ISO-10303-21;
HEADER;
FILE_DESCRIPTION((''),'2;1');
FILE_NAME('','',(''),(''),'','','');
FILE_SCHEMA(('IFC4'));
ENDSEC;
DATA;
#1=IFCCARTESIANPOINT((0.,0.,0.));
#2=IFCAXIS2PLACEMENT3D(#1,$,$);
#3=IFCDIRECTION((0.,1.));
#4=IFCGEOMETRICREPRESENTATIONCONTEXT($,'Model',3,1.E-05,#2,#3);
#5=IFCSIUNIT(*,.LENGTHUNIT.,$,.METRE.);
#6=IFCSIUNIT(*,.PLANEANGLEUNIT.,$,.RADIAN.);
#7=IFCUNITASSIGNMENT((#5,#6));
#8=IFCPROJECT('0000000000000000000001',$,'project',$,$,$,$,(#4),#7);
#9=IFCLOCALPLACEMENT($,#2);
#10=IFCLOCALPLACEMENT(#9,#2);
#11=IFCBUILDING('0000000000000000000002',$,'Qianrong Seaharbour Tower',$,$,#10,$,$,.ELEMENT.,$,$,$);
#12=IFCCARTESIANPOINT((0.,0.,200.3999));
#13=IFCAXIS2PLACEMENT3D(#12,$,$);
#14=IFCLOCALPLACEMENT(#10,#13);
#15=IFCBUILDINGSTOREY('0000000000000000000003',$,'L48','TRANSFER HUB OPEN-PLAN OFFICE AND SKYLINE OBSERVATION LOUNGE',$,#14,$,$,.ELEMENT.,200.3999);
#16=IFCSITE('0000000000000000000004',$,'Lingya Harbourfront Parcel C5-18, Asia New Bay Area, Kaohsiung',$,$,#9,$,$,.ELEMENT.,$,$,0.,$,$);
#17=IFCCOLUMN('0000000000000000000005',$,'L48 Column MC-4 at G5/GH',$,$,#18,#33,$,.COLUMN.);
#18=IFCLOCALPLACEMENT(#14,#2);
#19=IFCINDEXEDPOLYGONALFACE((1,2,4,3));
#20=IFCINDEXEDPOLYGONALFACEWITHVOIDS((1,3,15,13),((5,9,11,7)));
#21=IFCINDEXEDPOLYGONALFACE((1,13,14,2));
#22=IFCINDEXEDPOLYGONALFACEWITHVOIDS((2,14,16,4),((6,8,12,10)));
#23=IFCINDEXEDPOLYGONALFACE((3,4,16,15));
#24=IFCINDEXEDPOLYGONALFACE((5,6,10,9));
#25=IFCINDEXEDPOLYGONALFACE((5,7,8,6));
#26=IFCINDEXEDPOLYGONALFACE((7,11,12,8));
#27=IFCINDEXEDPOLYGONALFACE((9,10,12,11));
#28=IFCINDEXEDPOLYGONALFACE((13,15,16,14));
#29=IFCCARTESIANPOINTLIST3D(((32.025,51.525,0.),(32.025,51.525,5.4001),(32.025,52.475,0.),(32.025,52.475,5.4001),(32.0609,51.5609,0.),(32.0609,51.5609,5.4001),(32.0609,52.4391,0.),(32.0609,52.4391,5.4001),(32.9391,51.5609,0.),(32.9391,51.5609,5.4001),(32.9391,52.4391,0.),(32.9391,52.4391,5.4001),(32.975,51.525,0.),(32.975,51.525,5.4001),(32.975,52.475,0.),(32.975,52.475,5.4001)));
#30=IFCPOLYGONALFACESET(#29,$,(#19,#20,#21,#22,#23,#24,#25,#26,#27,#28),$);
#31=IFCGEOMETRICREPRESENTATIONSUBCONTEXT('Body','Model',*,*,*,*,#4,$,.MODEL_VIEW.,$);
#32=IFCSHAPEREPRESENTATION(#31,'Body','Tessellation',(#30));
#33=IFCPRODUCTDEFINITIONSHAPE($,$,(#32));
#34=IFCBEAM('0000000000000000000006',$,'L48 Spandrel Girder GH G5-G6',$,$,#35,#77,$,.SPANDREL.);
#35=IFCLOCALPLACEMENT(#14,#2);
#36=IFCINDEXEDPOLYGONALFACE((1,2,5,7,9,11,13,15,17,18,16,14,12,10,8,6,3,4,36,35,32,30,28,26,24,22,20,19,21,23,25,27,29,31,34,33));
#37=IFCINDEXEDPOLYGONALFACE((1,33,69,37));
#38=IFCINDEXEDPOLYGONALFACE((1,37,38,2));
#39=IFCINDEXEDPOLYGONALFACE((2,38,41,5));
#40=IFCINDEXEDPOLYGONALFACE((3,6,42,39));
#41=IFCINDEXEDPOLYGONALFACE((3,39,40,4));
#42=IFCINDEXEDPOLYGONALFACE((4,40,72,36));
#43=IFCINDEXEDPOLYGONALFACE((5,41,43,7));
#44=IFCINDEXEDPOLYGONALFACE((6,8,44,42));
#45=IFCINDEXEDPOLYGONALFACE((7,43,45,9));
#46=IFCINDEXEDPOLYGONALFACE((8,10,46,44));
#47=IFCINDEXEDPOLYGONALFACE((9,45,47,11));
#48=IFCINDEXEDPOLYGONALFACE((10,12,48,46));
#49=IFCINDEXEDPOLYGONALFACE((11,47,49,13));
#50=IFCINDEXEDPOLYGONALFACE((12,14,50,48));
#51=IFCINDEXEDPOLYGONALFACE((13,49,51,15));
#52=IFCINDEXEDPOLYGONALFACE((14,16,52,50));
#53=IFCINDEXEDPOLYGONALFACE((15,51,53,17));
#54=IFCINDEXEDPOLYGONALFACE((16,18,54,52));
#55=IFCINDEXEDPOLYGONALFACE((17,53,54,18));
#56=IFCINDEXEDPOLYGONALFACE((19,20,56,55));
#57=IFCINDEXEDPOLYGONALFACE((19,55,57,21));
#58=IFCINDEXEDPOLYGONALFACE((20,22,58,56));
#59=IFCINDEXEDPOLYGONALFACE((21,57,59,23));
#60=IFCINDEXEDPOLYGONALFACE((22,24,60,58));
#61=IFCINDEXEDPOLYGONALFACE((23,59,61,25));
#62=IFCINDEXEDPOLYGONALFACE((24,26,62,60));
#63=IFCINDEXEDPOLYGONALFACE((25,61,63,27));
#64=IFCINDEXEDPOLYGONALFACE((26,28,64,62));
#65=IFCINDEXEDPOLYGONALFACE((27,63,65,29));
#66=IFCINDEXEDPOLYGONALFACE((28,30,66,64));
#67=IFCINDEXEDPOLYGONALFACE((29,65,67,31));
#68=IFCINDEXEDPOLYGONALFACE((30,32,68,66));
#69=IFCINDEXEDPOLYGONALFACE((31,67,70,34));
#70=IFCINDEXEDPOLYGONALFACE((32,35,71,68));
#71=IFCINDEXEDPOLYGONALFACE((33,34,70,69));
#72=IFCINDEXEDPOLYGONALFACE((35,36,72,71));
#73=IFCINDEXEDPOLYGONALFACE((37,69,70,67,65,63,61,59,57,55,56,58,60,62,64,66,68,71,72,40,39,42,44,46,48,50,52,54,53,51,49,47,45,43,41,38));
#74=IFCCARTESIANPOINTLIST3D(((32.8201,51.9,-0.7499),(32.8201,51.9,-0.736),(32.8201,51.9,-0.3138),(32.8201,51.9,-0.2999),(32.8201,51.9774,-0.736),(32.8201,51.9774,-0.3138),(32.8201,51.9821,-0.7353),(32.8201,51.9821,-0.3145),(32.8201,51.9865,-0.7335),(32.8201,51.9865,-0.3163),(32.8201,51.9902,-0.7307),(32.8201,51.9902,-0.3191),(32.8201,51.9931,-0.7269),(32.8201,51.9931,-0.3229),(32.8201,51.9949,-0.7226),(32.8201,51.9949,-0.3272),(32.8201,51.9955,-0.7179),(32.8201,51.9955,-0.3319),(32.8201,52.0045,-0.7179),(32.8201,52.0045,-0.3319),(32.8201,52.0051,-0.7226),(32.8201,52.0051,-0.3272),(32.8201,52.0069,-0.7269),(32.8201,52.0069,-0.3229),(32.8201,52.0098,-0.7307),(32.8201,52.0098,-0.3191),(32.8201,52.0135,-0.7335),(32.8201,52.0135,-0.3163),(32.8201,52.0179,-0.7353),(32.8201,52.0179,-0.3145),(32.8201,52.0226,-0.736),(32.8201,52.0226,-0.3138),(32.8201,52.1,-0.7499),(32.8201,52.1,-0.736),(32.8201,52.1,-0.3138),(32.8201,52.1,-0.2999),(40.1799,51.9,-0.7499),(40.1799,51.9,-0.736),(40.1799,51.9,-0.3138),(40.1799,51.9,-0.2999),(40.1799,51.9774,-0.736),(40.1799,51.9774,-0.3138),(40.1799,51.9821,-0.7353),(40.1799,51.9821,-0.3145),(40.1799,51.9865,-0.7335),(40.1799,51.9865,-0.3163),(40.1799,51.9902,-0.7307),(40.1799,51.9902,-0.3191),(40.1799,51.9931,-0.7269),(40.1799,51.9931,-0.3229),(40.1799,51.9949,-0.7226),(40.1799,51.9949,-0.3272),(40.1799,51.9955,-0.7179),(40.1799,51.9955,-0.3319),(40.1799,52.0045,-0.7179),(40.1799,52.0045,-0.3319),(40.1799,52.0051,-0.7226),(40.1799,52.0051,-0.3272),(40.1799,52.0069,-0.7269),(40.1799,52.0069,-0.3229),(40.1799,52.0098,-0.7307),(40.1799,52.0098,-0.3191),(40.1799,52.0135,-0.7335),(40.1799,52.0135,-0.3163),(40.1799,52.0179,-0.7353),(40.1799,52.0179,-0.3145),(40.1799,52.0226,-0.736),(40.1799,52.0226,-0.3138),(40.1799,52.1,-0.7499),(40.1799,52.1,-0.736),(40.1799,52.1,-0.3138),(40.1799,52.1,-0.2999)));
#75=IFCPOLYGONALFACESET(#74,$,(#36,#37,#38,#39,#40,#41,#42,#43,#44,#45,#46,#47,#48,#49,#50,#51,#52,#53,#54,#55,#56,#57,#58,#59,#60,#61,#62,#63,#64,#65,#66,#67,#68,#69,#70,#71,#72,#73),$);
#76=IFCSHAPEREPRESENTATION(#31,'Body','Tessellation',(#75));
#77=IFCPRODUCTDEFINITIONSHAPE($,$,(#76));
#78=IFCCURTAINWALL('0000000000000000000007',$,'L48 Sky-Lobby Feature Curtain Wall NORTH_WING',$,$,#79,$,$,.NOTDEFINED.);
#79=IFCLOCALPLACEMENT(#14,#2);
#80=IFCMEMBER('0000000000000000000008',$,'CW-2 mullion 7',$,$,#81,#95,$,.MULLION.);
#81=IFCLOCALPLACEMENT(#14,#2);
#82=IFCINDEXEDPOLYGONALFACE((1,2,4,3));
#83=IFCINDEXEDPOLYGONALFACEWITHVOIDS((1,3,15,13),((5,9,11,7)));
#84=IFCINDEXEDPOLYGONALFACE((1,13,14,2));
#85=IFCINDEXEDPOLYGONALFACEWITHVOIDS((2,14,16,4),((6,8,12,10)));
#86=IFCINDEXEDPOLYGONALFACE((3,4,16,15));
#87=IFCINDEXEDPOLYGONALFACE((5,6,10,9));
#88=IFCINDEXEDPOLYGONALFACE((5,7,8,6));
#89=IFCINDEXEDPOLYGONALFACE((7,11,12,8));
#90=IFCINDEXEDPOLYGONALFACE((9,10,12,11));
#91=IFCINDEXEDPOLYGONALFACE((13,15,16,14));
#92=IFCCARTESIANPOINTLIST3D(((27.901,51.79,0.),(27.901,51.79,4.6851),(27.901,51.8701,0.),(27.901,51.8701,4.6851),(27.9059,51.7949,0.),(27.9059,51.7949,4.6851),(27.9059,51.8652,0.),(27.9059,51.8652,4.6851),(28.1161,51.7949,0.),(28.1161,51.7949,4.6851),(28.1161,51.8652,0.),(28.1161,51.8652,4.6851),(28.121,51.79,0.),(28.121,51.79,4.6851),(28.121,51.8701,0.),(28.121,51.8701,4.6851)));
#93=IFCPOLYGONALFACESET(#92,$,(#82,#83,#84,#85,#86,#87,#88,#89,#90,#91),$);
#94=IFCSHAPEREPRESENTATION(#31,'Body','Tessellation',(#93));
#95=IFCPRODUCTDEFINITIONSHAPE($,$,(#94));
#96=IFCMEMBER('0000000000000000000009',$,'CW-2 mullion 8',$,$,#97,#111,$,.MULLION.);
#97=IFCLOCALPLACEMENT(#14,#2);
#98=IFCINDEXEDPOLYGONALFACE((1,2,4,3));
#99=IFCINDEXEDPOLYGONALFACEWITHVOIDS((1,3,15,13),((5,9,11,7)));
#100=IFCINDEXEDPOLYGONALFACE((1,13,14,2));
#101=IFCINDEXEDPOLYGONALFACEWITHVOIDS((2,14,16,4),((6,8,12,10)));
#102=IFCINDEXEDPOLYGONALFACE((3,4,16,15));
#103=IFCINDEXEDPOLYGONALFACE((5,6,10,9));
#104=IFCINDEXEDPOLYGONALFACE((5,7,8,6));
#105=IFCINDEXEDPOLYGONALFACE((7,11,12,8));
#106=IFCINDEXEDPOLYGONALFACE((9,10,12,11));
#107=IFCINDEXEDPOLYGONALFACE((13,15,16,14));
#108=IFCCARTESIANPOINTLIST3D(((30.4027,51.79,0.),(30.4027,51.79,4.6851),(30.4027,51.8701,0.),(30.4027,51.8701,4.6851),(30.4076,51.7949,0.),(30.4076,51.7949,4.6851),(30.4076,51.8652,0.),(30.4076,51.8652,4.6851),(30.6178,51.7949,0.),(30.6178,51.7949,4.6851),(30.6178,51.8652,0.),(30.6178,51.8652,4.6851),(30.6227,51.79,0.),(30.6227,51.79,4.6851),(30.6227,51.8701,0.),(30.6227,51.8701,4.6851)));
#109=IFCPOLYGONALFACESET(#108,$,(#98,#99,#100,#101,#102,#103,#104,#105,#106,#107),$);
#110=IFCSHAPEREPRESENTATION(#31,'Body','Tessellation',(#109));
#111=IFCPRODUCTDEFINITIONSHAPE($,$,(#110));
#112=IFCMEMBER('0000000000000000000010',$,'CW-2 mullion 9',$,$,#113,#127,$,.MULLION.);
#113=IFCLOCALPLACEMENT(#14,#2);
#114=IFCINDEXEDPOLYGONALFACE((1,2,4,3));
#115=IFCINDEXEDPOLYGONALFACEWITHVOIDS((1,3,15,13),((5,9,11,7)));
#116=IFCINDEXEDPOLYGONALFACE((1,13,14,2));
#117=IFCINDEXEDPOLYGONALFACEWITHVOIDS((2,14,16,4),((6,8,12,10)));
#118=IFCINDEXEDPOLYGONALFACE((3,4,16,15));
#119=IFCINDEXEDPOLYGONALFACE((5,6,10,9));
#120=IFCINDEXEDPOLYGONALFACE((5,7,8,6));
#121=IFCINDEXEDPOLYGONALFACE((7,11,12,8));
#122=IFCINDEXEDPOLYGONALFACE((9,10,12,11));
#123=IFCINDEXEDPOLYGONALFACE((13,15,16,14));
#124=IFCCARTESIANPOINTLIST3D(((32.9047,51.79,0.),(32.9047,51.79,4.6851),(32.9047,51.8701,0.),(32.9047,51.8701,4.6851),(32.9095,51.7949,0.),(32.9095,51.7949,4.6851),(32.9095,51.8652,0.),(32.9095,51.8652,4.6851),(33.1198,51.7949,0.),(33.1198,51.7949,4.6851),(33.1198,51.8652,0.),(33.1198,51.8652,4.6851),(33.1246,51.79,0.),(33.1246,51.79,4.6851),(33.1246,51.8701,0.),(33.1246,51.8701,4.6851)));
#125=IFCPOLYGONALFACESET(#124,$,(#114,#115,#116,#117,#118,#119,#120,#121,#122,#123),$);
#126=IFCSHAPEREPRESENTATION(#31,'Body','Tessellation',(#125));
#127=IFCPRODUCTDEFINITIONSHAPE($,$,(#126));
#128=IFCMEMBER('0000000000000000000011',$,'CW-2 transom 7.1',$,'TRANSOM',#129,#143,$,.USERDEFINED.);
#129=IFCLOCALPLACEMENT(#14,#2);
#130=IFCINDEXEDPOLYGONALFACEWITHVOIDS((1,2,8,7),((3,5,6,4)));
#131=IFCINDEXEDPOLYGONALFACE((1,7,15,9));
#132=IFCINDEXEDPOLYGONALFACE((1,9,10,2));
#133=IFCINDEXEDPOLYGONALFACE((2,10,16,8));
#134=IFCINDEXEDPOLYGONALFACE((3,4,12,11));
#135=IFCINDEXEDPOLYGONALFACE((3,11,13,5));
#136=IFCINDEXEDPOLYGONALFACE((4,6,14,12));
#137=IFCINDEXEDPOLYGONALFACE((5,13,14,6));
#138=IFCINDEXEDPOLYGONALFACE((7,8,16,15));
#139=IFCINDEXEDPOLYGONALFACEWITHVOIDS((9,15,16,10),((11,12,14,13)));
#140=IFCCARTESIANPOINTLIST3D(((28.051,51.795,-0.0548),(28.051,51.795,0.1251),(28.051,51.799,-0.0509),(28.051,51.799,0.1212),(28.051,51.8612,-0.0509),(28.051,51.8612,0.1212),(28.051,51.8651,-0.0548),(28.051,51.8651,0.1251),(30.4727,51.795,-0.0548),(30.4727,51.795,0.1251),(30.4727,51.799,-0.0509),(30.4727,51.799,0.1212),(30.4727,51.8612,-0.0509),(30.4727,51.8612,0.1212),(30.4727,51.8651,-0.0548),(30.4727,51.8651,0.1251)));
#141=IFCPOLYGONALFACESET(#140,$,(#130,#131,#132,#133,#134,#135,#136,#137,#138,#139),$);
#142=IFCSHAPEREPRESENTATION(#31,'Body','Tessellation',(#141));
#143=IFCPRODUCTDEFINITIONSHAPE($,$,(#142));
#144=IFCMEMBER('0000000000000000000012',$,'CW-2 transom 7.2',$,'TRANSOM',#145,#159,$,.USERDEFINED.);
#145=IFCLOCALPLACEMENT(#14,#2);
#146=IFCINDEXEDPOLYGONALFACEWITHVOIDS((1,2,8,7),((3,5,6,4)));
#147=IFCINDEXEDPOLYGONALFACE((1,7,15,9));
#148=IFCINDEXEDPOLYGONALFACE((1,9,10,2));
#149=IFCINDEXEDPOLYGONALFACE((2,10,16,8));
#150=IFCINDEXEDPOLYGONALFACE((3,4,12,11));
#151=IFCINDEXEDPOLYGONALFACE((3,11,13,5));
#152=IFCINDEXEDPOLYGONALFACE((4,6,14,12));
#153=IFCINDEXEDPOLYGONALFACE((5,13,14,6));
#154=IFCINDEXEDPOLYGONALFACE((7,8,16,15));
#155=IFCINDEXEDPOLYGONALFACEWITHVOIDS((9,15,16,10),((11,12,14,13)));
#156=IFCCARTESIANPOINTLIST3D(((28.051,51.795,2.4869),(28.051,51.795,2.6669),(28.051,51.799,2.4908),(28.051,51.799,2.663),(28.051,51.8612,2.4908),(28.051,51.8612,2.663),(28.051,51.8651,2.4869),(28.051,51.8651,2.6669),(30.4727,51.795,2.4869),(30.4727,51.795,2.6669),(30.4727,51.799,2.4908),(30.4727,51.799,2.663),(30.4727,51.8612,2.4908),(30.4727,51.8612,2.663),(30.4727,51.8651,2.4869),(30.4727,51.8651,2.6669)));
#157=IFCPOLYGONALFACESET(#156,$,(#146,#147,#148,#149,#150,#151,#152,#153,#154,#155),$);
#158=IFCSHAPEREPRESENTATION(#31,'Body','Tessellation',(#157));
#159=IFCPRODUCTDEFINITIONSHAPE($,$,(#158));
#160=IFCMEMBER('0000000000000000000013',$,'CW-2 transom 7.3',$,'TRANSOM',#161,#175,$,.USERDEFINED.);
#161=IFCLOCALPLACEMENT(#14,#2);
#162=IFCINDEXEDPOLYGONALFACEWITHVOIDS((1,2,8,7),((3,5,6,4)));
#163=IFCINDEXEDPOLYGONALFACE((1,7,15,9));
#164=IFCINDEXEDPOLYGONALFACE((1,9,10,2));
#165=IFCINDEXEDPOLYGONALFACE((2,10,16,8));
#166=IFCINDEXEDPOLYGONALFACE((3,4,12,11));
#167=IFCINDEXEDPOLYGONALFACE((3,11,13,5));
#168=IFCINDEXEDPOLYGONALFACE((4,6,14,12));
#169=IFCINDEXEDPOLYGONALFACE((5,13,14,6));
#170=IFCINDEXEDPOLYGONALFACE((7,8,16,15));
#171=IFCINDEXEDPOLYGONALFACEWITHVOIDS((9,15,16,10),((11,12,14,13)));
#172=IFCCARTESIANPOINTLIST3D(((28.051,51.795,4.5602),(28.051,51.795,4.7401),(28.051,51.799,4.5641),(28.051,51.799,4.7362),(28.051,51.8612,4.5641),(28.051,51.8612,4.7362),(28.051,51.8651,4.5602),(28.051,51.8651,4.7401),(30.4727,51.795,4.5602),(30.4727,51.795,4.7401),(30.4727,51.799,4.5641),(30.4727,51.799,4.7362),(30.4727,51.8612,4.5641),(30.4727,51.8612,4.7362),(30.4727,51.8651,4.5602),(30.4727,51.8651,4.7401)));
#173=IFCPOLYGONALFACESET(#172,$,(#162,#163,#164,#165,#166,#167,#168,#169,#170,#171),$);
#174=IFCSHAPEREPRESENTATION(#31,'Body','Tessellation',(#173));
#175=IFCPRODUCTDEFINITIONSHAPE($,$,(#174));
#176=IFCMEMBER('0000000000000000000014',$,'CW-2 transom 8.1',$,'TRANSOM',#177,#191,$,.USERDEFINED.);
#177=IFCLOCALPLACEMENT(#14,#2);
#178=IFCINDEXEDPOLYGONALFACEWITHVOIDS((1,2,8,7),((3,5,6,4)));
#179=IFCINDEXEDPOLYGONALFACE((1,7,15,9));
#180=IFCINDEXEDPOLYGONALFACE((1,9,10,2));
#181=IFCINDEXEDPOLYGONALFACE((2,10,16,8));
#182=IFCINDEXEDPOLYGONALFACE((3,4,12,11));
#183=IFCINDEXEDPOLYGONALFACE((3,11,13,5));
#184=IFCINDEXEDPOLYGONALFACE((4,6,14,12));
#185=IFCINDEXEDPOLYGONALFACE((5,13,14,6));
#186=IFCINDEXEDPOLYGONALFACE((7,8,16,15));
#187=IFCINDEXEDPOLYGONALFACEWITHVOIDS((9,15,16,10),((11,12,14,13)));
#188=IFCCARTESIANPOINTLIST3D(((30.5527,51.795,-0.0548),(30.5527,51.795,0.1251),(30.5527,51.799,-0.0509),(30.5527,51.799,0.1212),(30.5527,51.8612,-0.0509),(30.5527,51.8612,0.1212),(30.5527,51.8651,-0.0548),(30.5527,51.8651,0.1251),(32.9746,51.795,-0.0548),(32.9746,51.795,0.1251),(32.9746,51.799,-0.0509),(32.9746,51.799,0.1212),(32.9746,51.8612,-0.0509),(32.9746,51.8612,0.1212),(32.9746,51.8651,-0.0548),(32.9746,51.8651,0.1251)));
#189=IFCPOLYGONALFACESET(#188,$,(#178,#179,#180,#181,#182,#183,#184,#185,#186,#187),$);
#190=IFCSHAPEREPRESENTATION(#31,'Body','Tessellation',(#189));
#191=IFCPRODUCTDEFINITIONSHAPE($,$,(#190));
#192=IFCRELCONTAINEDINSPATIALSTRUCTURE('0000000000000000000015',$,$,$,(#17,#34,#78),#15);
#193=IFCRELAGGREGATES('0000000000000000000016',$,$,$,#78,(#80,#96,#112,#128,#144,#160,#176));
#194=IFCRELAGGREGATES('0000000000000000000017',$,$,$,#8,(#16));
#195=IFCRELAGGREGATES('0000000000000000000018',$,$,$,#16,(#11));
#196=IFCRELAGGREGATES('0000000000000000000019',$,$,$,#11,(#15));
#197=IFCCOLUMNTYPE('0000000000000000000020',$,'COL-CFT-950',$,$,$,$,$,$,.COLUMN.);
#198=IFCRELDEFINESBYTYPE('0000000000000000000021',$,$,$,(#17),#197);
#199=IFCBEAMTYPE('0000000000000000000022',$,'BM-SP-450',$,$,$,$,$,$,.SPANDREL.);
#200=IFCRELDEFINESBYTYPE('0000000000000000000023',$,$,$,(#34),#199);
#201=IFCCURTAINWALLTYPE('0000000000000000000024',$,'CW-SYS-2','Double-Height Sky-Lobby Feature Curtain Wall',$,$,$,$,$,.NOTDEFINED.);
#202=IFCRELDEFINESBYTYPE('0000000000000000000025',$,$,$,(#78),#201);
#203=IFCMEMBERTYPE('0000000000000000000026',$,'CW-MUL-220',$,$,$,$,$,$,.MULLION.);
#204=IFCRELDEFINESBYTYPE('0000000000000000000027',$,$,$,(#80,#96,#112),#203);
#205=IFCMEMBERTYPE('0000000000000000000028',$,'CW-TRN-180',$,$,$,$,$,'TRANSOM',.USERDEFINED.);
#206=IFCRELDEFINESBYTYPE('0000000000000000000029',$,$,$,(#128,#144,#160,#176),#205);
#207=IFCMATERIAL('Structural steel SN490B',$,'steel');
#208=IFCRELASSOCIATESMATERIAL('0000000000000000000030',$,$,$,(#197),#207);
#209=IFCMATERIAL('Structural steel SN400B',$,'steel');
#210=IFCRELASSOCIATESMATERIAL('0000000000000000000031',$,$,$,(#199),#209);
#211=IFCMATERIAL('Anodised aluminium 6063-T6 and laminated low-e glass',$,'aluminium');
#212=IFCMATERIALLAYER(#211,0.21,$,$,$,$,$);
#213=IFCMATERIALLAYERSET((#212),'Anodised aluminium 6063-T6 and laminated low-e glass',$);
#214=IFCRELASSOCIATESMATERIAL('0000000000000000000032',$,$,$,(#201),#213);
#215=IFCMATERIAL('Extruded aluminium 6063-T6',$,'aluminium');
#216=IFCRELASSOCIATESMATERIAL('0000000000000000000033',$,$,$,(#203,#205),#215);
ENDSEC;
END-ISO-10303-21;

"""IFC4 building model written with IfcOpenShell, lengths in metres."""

from ifc_helpers import new_model, si_unit, direction, frame, origin, origin_2d, place, context, subcontext, project, spatial, hollow_rectangle, i_section, extrude, material, layer, layer_set, material_profile, profile_set, type_object, element, aggregate, save


model = new_model("IFC4")

# Units and contexts
model_context = context("Model", 3, precision=1e-05, world=origin(), true_north=direction((0.0, 1.0)))
body_context = subcontext(model_context, "Body", "Model", "MODEL_VIEW")
ifc_project = project(units=[si_unit("LENGTHUNIT", "METRE"), si_unit("PLANEANGLEUNIT", "RADIAN")], contexts=[model_context])

# Site, building, storey
site_placement = place(None, origin())
site = spatial("IfcSite", under=ifc_project, at=site_placement, Name="Lingya Harbourfront Parcel C5-18, Asia New Bay Area, Kaohsiung", CompositionType="ELEMENT", RefElevation=0.0)
building_placement = place(site_placement, origin())
building = spatial("IfcBuilding", under=site, at=building_placement, Name="Qianrong Seaharbour Tower", CompositionType="ELEMENT")
storey_placement = place(building_placement, frame((0.0, 0.0, 200.3999)))
storey = spatial("IfcBuildingStorey", under=building, at=storey_placement, Name="L48", Description="TRANSFER HUB OPEN-PLAN OFFICE AND SKYLINE OBSERVATION LOUNGE", CompositionType="ELEMENT", Elevation=200.3999)

# Column
ifc_material_1 = material(Name="Structural steel SN490B", Category="steel")
ifc_material_profile_1 = material_profile(ifc_material_1, hollow_rectangle(XDim=0.95, YDim=0.95, WallThickness=0.0359, at=origin_2d()), Name="BOX950x950x36")
ifc_profile_set_1 = profile_set([ifc_material_profile_1], Name="Structural steel SN490B")
column_type = type_object("IfcColumnType", Name="COL-CFT-950", PredefinedType="COLUMN", material=ifc_profile_set_1)
column_placement = place(storey_placement, frame((32.5, 52.0, 0.0), z_axis=(0.0, 0.0, 1.0), x_axis=(1.0, 0.0, 0.0)))
element("IfcColumn", 1, at=column_placement, inside=storey, type_object=column_type, Name="L48 Column MC-4 at G5/GH", PredefinedType="COLUMN", context=body_context, shape_type="SweptSolid", body=[
    extrude(hollow_rectangle(XDim=0.95, YDim=0.95, WallThickness=0.0359, at=origin_2d()), origin(), (0.0, 0.0, 1.0), 5.4001),
])

# Beam
ifc_material_2 = material(Name="Structural steel SN400B", Category="steel")
ifc_material_profile_2 = material_profile(ifc_material_2, i_section(OverallWidth=0.2, OverallDepth=0.45, WebThickness=0.009, FlangeThickness=0.0139, FilletRadius=0.0181, at=origin_2d()), Name="H450x200x9x14")
ifc_profile_set_2 = profile_set([ifc_material_profile_2], Name="Structural steel SN400B")
beam_type = type_object("IfcBeamType", Name="BM-SP-450", PredefinedType="SPANDREL", material=ifc_profile_set_2)
beam_placement = place(storey_placement, frame((32.8201, 52.0, -0.5249), z_axis=(1.0, 0.0, 0.0), x_axis=(0.0, 1.0, 0.0)))
element("IfcBeam", 2, at=beam_placement, inside=storey, type_object=beam_type, Name="L48 Spandrel Girder GH G5-G6", PredefinedType="SPANDREL", context=body_context, shape_type="SweptSolid", body=[
    extrude(i_section(OverallWidth=0.2, OverallDepth=0.45, WebThickness=0.009, FlangeThickness=0.0139, FilletRadius=0.0181, at=origin_2d()), origin(), (0.0, 0.0, 1.0), 7.3599),
])

# Curtain wall, members
ifc_material_3 = material(Name="Anodised aluminium 6063-T6 and laminated low-e glass", Category="aluminium")
ifc_layer_1 = layer(ifc_material_3, 0.21)
ifc_layer_set_1 = layer_set([ifc_layer_1], Name="Anodised aluminium 6063-T6 and laminated low-e glass")
curtain_wall_type = type_object("IfcCurtainWallType", Name="CW-SYS-2", Description="Double-Height Sky-Lobby Feature Curtain Wall", PredefinedType="NOTDEFINED", material=ifc_layer_set_1)
curtain_wall_placement = place(storey_placement, origin())
curtain_wall = element("IfcCurtainWall", 3, at=curtain_wall_placement, inside=storey, type_object=curtain_wall_type, Name="L48 Sky-Lobby Feature Curtain Wall NORTH_WING", PredefinedType="NOTDEFINED")
ifc_material_4 = material(Name="Extruded aluminium 6063-T6", Category="aluminium")
ifc_material_profile_3 = material_profile(ifc_material_4, hollow_rectangle(XDim=0.0801, YDim=0.22, WallThickness=0.0049, at=origin_2d()), Name="ALU-MUL-220x80x5")
ifc_profile_set_3 = profile_set([ifc_material_profile_3], Name="Extruded aluminium 6063-T6")
member_type_1 = type_object("IfcMemberType", Name="CW-MUL-220", PredefinedType="MULLION", material=ifc_profile_set_3)
member_1_placement = place(storey_placement, frame((28.011, 51.8301, 0.0), z_axis=(0.0, 0.0, 1.0), x_axis=(0.0, 1.0, 0.0)))
member_1 = element("IfcMember", 4, at=member_1_placement, type_object=member_type_1, Name="CW-2 mullion 7", PredefinedType="MULLION", context=body_context, shape_type="SweptSolid", body=[
    extrude(hollow_rectangle(XDim=0.0801, YDim=0.22, WallThickness=0.0049, at=origin_2d()), origin(), (0.0, 0.0, 1.0), 4.6851),
])
member_2_placement = place(storey_placement, frame((30.5127, 51.8301, 0.0), z_axis=(0.0, 0.0, 1.0), x_axis=(0.0, 1.0, 0.0)))
member_2 = element("IfcMember", 5, at=member_2_placement, type_object=member_type_1, Name="CW-2 mullion 8", PredefinedType="MULLION", context=body_context, shape_type="SweptSolid", body=[
    extrude(hollow_rectangle(XDim=0.0801, YDim=0.22, WallThickness=0.0049, at=origin_2d()), origin(), (0.0, 0.0, 1.0), 4.6851),
])
member_3_placement = place(storey_placement, frame((33.0146, 51.8301, 0.0), z_axis=(0.0, 0.0, 1.0), x_axis=(0.0, 1.0, 0.0)))
member_3 = element("IfcMember", 6, at=member_3_placement, type_object=member_type_1, Name="CW-2 mullion 9", PredefinedType="MULLION", context=body_context, shape_type="SweptSolid", body=[
    extrude(hollow_rectangle(XDim=0.0801, YDim=0.22, WallThickness=0.0049, at=origin_2d()), origin(), (0.0, 0.0, 1.0), 4.6851),
])
ifc_material_profile_4 = material_profile(ifc_material_4, hollow_rectangle(XDim=0.0701, YDim=0.1799, WallThickness=0.0039, at=origin_2d()), Name="ALU-TRN-180x70x4")
ifc_profile_set_4 = profile_set([ifc_material_profile_4], Name="Extruded aluminium 6063-T6")
member_type_2 = type_object("IfcMemberType", Name="CW-TRN-180", ElementType="TRANSOM", PredefinedType="USERDEFINED", material=ifc_profile_set_4)
member_4_placement = place(storey_placement, frame((28.051, 51.8301, 0.0352), z_axis=(1.0, 0.0, 0.0), x_axis=(0.0, 1.0, 0.0)))
member_4 = element("IfcMember", 7, at=member_4_placement, type_object=member_type_2, Name="CW-2 transom 7.1", ObjectType="TRANSOM", PredefinedType="USERDEFINED", context=body_context, shape_type="SweptSolid", body=[
    extrude(hollow_rectangle(XDim=0.0701, YDim=0.1799, WallThickness=0.0039, at=origin_2d()), origin(), (0.0, 0.0, 1.0), 2.4216),
])
member_5_placement = place(storey_placement, frame((28.051, 51.8301, 2.5769), z_axis=(1.0, 0.0, 0.0), x_axis=(0.0, 1.0, 0.0)))
member_5 = element("IfcMember", 8, at=member_5_placement, type_object=member_type_2, Name="CW-2 transom 7.2", ObjectType="TRANSOM", PredefinedType="USERDEFINED", context=body_context, shape_type="SweptSolid", body=[
    extrude(hollow_rectangle(XDim=0.0701, YDim=0.1799, WallThickness=0.0039, at=origin_2d()), origin(), (0.0, 0.0, 1.0), 2.4216),
])
member_6_placement = place(storey_placement, frame((28.051, 51.8301, 4.6501), z_axis=(1.0, 0.0, 0.0), x_axis=(0.0, 1.0, 0.0)))
member_6 = element("IfcMember", 9, at=member_6_placement, type_object=member_type_2, Name="CW-2 transom 7.3", ObjectType="TRANSOM", PredefinedType="USERDEFINED", context=body_context, shape_type="SweptSolid", body=[
    extrude(hollow_rectangle(XDim=0.0701, YDim=0.1799, WallThickness=0.0039, at=origin_2d()), origin(), (0.0, 0.0, 1.0), 2.4216),
])
member_7_placement = place(storey_placement, frame((30.5527, 51.8301, 0.0352), z_axis=(1.0, 0.0, 0.0), x_axis=(0.0, 1.0, 0.0)))
member_7 = element("IfcMember", 10, at=member_7_placement, type_object=member_type_2, Name="CW-2 transom 8.1", ObjectType="TRANSOM", PredefinedType="USERDEFINED", context=body_context, shape_type="SweptSolid", body=[
    extrude(hollow_rectangle(XDim=0.0701, YDim=0.1799, WallThickness=0.0039, at=origin_2d()), origin(), (0.0, 0.0, 1.0), 2.4219),
])
aggregate(curtain_wall, [member_1, member_2, member_3, member_4, member_5, member_6, member_7])

save(model, "model.ifc")
